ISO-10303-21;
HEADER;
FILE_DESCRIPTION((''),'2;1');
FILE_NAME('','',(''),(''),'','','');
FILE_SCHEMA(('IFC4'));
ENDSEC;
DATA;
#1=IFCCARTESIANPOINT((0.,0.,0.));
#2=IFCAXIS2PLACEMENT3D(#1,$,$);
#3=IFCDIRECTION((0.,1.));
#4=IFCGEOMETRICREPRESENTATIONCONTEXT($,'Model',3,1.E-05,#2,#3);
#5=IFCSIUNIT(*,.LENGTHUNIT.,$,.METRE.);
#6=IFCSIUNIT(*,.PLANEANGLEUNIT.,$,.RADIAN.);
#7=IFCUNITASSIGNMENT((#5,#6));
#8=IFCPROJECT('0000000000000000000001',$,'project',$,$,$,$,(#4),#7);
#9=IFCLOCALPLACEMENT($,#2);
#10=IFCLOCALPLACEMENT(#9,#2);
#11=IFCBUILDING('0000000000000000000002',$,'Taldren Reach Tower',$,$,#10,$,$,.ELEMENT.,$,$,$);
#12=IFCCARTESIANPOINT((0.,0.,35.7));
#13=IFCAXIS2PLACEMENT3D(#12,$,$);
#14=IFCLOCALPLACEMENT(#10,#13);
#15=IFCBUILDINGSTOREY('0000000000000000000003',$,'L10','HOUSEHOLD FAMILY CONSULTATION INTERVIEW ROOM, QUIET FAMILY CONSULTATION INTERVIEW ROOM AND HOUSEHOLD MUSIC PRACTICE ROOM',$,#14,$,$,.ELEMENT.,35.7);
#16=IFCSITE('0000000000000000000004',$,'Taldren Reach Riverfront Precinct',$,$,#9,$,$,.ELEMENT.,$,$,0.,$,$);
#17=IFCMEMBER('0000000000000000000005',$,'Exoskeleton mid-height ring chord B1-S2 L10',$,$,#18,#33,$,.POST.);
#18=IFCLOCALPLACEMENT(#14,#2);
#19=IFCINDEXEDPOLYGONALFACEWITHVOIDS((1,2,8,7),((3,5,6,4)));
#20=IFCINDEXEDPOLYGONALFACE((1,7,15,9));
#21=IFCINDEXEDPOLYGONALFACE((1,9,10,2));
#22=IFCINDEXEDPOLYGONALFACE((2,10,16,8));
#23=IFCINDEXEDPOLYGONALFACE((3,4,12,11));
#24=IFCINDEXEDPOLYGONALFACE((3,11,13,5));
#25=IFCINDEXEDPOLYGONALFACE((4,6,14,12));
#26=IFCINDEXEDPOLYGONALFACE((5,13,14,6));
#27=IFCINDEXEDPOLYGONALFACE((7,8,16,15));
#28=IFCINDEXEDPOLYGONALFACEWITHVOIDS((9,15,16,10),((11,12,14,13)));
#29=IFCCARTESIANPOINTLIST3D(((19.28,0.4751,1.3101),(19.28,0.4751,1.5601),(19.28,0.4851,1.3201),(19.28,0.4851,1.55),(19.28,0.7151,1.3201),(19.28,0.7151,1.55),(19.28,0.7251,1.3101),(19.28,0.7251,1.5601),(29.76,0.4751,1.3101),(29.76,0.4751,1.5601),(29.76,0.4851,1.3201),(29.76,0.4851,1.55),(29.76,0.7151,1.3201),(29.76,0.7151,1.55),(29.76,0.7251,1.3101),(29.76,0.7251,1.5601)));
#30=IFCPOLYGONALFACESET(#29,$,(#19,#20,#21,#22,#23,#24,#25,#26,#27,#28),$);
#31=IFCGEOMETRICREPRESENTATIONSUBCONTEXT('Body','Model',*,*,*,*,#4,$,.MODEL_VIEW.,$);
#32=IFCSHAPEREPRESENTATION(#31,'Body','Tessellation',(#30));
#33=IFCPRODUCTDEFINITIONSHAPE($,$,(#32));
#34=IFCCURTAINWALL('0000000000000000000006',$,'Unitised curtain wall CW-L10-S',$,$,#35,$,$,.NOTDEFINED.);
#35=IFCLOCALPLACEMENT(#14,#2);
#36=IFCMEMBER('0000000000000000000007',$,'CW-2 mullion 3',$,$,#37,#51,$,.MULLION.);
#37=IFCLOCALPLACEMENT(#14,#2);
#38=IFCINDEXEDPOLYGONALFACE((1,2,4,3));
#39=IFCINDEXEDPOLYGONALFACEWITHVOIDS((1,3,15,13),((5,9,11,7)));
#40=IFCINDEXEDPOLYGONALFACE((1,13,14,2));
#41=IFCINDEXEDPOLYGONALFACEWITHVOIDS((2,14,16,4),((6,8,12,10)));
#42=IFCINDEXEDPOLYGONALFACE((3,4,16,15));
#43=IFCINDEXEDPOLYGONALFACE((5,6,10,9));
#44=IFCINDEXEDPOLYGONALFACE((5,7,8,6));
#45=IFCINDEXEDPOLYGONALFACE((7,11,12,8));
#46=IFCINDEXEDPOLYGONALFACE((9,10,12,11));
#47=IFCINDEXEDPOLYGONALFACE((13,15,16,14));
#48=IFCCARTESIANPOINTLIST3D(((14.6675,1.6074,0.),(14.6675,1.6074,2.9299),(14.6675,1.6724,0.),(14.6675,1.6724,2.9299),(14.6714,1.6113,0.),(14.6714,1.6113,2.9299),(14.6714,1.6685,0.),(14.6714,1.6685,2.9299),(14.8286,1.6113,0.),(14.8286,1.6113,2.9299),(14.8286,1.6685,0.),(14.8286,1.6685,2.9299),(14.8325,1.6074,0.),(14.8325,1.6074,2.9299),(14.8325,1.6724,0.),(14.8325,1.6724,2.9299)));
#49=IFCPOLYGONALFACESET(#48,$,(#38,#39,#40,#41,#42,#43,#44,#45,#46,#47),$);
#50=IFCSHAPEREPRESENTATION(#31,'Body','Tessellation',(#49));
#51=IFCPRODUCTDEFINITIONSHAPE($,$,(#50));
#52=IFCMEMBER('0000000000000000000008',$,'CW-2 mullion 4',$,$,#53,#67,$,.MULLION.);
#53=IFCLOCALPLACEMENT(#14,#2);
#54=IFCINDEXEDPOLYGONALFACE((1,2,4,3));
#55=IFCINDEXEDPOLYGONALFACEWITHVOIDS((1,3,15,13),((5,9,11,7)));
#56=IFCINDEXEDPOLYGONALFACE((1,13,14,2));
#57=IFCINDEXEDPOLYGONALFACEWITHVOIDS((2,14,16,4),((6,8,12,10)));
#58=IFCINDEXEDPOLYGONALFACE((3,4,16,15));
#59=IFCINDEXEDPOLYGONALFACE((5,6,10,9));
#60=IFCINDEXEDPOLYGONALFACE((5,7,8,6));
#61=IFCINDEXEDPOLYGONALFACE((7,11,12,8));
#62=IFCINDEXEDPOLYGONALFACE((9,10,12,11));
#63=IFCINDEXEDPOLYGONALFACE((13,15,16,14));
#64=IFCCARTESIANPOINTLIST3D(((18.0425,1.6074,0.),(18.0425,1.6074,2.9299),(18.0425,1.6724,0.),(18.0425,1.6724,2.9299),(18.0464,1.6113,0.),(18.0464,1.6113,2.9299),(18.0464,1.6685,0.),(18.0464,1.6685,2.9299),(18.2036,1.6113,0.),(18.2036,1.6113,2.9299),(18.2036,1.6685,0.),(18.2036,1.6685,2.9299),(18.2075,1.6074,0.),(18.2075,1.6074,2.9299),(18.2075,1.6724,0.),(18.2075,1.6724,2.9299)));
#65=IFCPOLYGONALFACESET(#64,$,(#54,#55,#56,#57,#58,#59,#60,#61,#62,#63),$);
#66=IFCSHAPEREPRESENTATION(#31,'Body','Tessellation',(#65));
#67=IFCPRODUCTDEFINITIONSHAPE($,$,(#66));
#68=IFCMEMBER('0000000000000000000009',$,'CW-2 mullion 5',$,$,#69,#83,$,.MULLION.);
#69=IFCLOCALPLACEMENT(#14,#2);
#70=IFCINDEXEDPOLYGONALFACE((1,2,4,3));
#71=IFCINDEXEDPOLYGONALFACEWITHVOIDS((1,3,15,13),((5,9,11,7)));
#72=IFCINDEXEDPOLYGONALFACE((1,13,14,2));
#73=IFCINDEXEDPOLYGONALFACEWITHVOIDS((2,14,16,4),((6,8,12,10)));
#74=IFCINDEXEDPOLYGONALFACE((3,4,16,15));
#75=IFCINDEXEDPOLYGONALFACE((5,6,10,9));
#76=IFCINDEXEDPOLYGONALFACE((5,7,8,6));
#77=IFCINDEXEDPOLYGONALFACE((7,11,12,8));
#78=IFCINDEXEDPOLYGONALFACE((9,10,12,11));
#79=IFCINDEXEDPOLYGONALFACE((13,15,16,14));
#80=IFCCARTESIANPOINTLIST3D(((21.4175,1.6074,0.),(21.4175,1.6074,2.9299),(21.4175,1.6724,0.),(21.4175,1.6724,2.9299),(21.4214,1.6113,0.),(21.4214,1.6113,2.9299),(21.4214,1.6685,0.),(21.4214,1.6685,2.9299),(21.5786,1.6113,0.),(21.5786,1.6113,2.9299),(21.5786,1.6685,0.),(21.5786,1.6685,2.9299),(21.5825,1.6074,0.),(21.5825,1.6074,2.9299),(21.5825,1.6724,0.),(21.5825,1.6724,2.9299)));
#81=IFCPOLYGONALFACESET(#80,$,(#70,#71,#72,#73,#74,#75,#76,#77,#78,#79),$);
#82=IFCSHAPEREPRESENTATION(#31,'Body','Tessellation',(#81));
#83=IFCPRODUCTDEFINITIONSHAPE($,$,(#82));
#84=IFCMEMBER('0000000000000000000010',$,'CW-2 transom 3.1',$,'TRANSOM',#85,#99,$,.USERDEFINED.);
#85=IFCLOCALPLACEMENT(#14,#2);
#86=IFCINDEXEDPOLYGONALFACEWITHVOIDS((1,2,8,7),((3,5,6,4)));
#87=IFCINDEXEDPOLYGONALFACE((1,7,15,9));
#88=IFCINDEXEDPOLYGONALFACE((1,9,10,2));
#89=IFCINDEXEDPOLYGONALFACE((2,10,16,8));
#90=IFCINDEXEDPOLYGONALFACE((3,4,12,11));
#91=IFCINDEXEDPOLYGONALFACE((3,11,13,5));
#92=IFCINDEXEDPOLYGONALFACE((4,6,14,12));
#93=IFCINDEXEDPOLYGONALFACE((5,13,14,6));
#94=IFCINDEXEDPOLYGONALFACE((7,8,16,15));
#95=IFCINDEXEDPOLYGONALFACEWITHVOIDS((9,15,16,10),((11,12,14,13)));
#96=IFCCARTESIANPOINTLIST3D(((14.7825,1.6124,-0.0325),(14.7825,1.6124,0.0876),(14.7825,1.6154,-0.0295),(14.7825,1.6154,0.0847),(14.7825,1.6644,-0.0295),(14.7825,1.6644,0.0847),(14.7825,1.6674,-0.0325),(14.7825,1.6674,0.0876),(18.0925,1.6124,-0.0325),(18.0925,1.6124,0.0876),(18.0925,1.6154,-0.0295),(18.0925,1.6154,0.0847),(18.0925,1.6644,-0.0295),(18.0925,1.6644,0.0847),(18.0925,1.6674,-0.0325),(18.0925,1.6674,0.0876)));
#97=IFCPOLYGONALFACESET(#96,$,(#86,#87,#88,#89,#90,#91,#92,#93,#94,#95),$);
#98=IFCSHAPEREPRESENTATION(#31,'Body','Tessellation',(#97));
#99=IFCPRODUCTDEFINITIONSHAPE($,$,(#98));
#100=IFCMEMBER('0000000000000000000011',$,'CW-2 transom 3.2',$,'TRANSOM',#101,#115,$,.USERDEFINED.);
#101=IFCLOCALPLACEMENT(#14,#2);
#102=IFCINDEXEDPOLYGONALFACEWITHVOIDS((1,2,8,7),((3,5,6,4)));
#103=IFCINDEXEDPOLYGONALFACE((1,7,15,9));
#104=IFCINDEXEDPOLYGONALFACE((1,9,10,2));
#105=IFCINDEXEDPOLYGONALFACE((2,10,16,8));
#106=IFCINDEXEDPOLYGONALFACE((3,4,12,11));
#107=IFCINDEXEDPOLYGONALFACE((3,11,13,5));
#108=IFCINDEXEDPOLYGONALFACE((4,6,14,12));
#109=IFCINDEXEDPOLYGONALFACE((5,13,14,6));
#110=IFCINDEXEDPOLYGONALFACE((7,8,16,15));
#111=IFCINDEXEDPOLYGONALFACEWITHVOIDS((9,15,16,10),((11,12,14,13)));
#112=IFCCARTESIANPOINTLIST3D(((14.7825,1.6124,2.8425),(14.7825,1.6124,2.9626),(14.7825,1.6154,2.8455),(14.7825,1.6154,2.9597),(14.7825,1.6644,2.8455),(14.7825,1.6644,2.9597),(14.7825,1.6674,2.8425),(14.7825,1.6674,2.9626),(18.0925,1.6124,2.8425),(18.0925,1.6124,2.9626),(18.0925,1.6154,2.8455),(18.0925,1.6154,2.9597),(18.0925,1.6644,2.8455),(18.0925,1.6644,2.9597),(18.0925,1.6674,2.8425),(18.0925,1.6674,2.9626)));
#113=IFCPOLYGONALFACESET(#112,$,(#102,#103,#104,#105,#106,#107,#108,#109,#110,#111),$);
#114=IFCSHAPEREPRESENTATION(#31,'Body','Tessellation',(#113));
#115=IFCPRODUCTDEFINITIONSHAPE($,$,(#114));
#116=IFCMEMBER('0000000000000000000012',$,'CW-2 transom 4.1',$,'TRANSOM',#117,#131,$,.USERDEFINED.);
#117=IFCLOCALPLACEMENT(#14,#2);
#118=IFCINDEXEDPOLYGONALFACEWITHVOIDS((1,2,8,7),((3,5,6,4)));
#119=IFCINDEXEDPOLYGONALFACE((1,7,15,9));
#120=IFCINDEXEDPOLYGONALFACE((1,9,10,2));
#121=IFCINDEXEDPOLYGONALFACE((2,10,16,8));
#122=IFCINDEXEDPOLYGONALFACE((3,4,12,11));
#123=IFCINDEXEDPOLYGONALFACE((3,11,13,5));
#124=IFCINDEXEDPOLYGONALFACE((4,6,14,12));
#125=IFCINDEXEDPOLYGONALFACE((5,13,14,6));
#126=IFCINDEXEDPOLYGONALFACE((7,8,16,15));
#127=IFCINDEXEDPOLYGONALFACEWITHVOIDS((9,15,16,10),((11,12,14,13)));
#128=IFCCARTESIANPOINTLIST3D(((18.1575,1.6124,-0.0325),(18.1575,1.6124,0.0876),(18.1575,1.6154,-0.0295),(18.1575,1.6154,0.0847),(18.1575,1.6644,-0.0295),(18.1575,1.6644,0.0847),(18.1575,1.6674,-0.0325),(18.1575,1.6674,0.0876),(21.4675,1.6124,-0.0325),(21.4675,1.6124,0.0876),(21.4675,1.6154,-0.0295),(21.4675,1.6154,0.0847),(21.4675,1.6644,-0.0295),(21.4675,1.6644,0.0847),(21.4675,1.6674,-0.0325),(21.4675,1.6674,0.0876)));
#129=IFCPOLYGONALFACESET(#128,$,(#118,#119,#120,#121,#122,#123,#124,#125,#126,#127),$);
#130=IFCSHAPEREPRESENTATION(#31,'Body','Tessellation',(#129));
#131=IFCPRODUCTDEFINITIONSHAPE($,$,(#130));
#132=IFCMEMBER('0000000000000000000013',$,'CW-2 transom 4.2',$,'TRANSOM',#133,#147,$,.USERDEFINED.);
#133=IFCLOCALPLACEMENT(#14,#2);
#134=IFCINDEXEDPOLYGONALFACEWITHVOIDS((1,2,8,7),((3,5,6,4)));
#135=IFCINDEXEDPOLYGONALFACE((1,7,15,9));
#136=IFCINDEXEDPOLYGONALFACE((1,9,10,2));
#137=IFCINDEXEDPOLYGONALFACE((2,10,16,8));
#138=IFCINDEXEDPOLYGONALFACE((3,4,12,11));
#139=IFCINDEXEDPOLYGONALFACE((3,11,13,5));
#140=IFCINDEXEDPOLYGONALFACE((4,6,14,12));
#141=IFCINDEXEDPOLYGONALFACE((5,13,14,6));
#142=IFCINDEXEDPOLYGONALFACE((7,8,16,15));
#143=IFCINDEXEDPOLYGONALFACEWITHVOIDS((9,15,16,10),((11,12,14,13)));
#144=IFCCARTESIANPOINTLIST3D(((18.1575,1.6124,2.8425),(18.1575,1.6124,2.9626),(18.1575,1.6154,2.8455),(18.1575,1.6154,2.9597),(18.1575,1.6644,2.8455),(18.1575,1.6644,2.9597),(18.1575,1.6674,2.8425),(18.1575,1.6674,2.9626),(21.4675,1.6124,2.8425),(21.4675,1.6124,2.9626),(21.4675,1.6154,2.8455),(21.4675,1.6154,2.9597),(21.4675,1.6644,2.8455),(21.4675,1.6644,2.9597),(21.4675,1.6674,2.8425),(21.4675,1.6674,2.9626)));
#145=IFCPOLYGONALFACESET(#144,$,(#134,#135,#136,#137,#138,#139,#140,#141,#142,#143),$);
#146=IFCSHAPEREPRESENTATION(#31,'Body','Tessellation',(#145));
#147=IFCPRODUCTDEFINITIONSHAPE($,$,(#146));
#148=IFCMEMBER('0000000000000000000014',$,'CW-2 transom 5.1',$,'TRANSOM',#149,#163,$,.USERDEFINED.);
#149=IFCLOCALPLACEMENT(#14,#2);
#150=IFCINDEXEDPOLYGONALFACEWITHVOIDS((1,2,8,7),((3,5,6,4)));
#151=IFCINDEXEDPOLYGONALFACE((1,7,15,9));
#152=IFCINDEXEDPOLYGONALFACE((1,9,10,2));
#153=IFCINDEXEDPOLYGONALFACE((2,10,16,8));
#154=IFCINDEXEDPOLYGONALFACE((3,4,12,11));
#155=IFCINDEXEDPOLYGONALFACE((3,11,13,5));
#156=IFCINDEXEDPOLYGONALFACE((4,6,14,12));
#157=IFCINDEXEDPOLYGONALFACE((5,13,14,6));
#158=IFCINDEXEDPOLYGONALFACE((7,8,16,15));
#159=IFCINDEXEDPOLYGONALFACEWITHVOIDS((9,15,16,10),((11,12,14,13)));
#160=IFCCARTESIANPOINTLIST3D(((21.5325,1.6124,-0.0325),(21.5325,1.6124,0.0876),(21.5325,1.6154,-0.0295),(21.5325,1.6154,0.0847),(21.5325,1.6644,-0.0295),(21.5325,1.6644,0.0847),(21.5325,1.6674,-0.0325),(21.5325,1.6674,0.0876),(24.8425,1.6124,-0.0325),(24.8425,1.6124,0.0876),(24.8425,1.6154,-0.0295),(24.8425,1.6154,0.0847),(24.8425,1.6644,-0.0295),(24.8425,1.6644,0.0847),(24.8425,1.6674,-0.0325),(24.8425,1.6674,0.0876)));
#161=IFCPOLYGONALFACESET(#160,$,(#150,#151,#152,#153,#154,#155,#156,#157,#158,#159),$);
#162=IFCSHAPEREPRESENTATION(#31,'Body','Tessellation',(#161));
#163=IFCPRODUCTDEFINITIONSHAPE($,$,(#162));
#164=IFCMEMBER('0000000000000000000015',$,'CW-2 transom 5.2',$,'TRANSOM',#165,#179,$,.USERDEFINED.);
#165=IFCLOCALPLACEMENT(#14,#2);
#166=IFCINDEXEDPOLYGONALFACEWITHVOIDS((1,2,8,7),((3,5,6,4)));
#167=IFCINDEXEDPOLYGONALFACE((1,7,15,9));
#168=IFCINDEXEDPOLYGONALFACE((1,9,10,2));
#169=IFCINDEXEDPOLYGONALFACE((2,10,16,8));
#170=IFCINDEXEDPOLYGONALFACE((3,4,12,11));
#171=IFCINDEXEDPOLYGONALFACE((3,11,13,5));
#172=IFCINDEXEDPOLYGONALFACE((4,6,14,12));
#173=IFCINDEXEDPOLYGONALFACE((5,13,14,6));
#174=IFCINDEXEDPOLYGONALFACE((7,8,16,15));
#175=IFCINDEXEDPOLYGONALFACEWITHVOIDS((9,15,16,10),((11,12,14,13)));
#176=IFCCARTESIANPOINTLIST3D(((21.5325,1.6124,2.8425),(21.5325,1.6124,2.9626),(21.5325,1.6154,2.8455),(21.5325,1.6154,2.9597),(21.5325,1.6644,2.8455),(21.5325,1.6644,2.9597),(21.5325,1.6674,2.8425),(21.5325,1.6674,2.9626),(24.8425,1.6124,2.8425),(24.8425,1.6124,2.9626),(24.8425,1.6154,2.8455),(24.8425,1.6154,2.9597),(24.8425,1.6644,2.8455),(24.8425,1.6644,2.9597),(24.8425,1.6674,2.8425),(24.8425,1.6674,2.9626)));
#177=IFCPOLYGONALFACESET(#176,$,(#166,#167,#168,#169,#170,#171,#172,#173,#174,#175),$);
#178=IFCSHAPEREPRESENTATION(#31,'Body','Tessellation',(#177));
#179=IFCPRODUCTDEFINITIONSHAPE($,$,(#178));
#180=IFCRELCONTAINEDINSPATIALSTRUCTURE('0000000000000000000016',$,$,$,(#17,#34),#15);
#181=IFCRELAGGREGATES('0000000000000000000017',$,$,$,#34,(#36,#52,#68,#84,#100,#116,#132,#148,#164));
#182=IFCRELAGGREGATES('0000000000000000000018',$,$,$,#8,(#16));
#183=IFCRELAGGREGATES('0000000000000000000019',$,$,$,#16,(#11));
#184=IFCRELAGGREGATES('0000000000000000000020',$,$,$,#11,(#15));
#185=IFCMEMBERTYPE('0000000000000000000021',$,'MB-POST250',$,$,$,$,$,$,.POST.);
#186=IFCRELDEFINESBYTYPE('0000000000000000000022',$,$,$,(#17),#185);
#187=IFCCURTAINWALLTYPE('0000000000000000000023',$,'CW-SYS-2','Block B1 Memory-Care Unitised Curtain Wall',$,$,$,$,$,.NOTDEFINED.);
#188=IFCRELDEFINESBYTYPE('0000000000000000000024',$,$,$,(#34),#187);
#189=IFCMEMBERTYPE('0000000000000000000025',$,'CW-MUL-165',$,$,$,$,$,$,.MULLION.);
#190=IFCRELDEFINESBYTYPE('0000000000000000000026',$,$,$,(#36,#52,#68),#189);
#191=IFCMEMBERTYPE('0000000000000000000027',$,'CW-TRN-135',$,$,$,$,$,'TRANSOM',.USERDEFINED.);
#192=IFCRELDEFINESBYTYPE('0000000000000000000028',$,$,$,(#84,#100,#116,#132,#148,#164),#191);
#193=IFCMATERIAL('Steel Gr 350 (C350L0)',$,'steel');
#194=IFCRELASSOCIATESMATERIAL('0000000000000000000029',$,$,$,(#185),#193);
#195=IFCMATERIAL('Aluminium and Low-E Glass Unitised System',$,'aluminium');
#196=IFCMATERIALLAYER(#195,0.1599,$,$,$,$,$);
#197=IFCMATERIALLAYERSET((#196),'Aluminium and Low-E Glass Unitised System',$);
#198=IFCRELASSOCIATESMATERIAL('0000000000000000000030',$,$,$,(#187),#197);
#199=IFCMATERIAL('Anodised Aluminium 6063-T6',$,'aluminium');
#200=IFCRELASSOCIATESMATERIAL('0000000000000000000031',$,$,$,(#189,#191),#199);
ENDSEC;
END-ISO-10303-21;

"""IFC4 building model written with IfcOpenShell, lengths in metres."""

from ifc_helpers import new_model, si_unit, direction, frame, origin, origin_2d, place, context, subcontext, project, spatial, hollow_rectangle, extrude, source, transform, mapped, material, layer, layer_set, material_profile, profile_set, type_object, element, aggregate, save


model = new_model("IFC4")

# Units and contexts
model_context = context("Model", 3, precision=1e-05, world=origin(), true_north=direction((0.0, 1.0)))
body_context = subcontext(model_context, "Body", "Model", "MODEL_VIEW")
ifc_project = project(units=[si_unit("LENGTHUNIT", "METRE"), si_unit("PLANEANGLEUNIT", "RADIAN")], contexts=[model_context])

# Site, building, storey
site_placement = place(None, origin())
site = spatial("IfcSite", under=ifc_project, at=site_placement, Name="Taldren Reach Riverfront Precinct", CompositionType="ELEMENT", RefElevation=0.0)
building_placement = place(site_placement, origin())
building = spatial("IfcBuilding", under=site, at=building_placement, Name="Taldren Reach Tower", CompositionType="ELEMENT")
storey_placement = place(building_placement, frame((0.0, 0.0, 35.7)))
storey = spatial("IfcBuildingStorey", under=building, at=storey_placement, Name="L10", Description="HOUSEHOLD FAMILY CONSULTATION INTERVIEW ROOM, QUIET FAMILY CONSULTATION INTERVIEW ROOM AND HOUSEHOLD MUSIC PRACTICE ROOM", CompositionType="ELEMENT", Elevation=35.7)

# Member
ifc_material_1 = material(Name="Steel Gr 350 (C350L0)", Category="steel")
ifc_material_profile_1 = material_profile(ifc_material_1, hollow_rectangle(XDim=0.25, YDim=0.25, WallThickness=0.01, at=origin_2d()), Name="250x250x10.0SHS")
ifc_profile_set_1 = profile_set([ifc_material_profile_1], Name="Steel Gr 350 (C350L0)")
member_type_1 = type_object("IfcMemberType", Name="MB-POST250", PredefinedType="POST", material=ifc_profile_set_1)
shared_shape_1 = source(origin(), body_context, "Body", "SweptSolid", [
    extrude(hollow_rectangle(XDim=0.25, YDim=0.25, WallThickness=0.01, at=origin_2d()), origin(), (0.0, 0.0, 1.0), 10.48),
])
member_1_placement = place(storey_placement, frame((19.28, 0.6001, 1.4351), z_axis=(1.0, 0.0, 0.0), x_axis=(0.0, 1.0, 0.0)))
element("IfcMember", 1, at=member_1_placement, inside=storey, type_object=member_type_1, Name="Exoskeleton mid-height ring chord B1-S2 L10", PredefinedType="POST", context=body_context, shape_type="MappedRepresentation", body=[
    mapped(shared_shape_1, transform((0.0, 0.0, 0.0), scale=1.0)),
])

# Curtain wall, members
ifc_material_2 = material(Name="Aluminium and Low-E Glass Unitised System", Category="aluminium")
ifc_layer_1 = layer(ifc_material_2, 0.1599)
ifc_layer_set_1 = layer_set([ifc_layer_1], Name="Aluminium and Low-E Glass Unitised System")
curtain_wall_type = type_object("IfcCurtainWallType", Name="CW-SYS-2", Description="Block B1 Memory-Care Unitised Curtain Wall", PredefinedType="NOTDEFINED", material=ifc_layer_set_1)
curtain_wall_placement = place(storey_placement, origin())
curtain_wall = element("IfcCurtainWall", 2, at=curtain_wall_placement, inside=storey, type_object=curtain_wall_type, Name="Unitised curtain wall CW-L10-S", PredefinedType="NOTDEFINED")
ifc_material_3 = material(Name="Anodised Aluminium 6063-T6", Category="aluminium")
ifc_material_profile_2 = material_profile(ifc_material_3, hollow_rectangle(XDim=0.0649, YDim=0.165, WallThickness=0.0039, at=origin_2d()), Name="ALU-165x65x4RHS")
ifc_profile_set_2 = profile_set([ifc_material_profile_2], Name="Anodised Aluminium 6063-T6")
member_type_2 = type_object("IfcMemberType", Name="CW-MUL-165", PredefinedType="MULLION", material=ifc_profile_set_2)
shared_shape_2 = source(origin(), body_context, "Body", "SweptSolid", [
    extrude(hollow_rectangle(XDim=0.0649, YDim=0.165, WallThickness=0.0039, at=origin_2d()), origin(), (0.0, 0.0, 1.0), 2.9299),
])
member_2_placement = place(storey_placement, frame((14.75, 1.6399, 0.0), z_axis=(0.0, 0.0, 1.0), x_axis=(0.0, 1.0, 0.0)))
member_2 = element("IfcMember", 3, at=member_2_placement, type_object=member_type_2, Name="CW-2 mullion 3", PredefinedType="MULLION", context=body_context, shape_type="MappedRepresentation", body=[
    mapped(shared_shape_2, transform((0.0, 0.0, 0.0), scale=1.0)),
])
member_3_placement = place(storey_placement, frame((18.125, 1.6399, 0.0), z_axis=(0.0, 0.0, 1.0), x_axis=(0.0, 1.0, 0.0)))
member_3 = element("IfcMember", 4, at=member_3_placement, type_object=member_type_2, Name="CW-2 mullion 4", PredefinedType="MULLION", context=body_context, shape_type="MappedRepresentation", body=[
    mapped(shared_shape_2, transform((0.0, 0.0, 0.0), scale=1.0)),
])
member_4_placement = place(storey_placement, frame((21.5, 1.6399, 0.0), z_axis=(0.0, 0.0, 1.0), x_axis=(0.0, 1.0, 0.0)))
member_4 = element("IfcMember", 5, at=member_4_placement, type_object=member_type_2, Name="CW-2 mullion 5", PredefinedType="MULLION", context=body_context, shape_type="MappedRepresentation", body=[
    mapped(shared_shape_2, transform((0.0, 0.0, 0.0), scale=1.0)),
])
ifc_material_profile_3 = material_profile(ifc_material_3, hollow_rectangle(XDim=0.0549, YDim=0.1201, WallThickness=0.0029, at=origin_2d()), Name="ALU-120x55x3RHS")
ifc_profile_set_3 = profile_set([ifc_material_profile_3], Name="Anodised Aluminium 6063-T6")
member_type_3 = type_object("IfcMemberType", Name="CW-TRN-135", ElementType="TRANSOM", PredefinedType="USERDEFINED", material=ifc_profile_set_3)
shared_shape_3 = source(origin(), body_context, "Body", "SweptSolid", [
    extrude(hollow_rectangle(XDim=0.0549, YDim=0.1201, WallThickness=0.0029, at=origin_2d()), origin(), (0.0, 0.0, 1.0), 3.3101),
])
member_5_placement = place(storey_placement, frame((14.7825, 1.6399, 0.0276), z_axis=(1.0, 0.0, 0.0), x_axis=(0.0, 1.0, 0.0)))
member_5 = element("IfcMember", 6, at=member_5_placement, type_object=member_type_3, Name="CW-2 transom 3.1", ObjectType="TRANSOM", PredefinedType="USERDEFINED", context=body_context, shape_type="MappedRepresentation", body=[
    mapped(shared_shape_3, transform((0.0, 0.0, 0.0), scale=1.0)),
])
member_6_placement = place(storey_placement, frame((14.7825, 1.6399, 2.9026), z_axis=(1.0, 0.0, 0.0), x_axis=(0.0, 1.0, 0.0)))
member_6 = element("IfcMember", 7, at=member_6_placement, type_object=member_type_3, Name="CW-2 transom 3.2", ObjectType="TRANSOM", PredefinedType="USERDEFINED", context=body_context, shape_type="MappedRepresentation", body=[
    mapped(shared_shape_3, transform((0.0, 0.0, 0.0), scale=1.0)),
])
member_7_placement = place(storey_placement, frame((18.1575, 1.6399, 0.0276), z_axis=(1.0, 0.0, 0.0), x_axis=(0.0, 1.0, 0.0)))
member_7 = element("IfcMember", 8, at=member_7_placement, type_object=member_type_3, Name="CW-2 transom 4.1", ObjectType="TRANSOM", PredefinedType="USERDEFINED", context=body_context, shape_type="MappedRepresentation", body=[
    mapped(shared_shape_3, transform((0.0, 0.0, 0.0), scale=1.0)),
])
member_8_placement = place(storey_placement, frame((18.1575, 1.6399, 2.9026), z_axis=(1.0, 0.0, 0.0), x_axis=(0.0, 1.0, 0.0)))
member_8 = element("IfcMember", 9, at=member_8_placement, type_object=member_type_3, Name="CW-2 transom 4.2", ObjectType="TRANSOM", PredefinedType="USERDEFINED", context=body_context, shape_type="MappedRepresentation", body=[
    mapped(shared_shape_3, transform((0.0, 0.0, 0.0), scale=1.0)),
])
member_9_placement = place(storey_placement, frame((21.5325, 1.6399, 0.0276), z_axis=(1.0, 0.0, 0.0), x_axis=(0.0, 1.0, 0.0)))
member_9 = element("IfcMember", 10, at=member_9_placement, type_object=member_type_3, Name="CW-2 transom 5.1", ObjectType="TRANSOM", PredefinedType="USERDEFINED", context=body_context, shape_type="MappedRepresentation", body=[
    mapped(shared_shape_3, transform((0.0, 0.0, 0.0), scale=1.0)),
])
member_10_placement = place(storey_placement, frame((21.5325, 1.6399, 2.9026), z_axis=(1.0, 0.0, 0.0), x_axis=(0.0, 1.0, 0.0)))
member_10 = element("IfcMember", 11, at=member_10_placement, type_object=member_type_3, Name="CW-2 transom 5.2", ObjectType="TRANSOM", PredefinedType="USERDEFINED", context=body_context, shape_type="MappedRepresentation", body=[
    mapped(shared_shape_3, transform((0.0, 0.0, 0.0), scale=1.0)),
])

aggregate(curtain_wall, [member_2, member_3, member_4, member_5, member_6, member_7, member_8, member_9, member_10])

save(model, "model.ifc")
